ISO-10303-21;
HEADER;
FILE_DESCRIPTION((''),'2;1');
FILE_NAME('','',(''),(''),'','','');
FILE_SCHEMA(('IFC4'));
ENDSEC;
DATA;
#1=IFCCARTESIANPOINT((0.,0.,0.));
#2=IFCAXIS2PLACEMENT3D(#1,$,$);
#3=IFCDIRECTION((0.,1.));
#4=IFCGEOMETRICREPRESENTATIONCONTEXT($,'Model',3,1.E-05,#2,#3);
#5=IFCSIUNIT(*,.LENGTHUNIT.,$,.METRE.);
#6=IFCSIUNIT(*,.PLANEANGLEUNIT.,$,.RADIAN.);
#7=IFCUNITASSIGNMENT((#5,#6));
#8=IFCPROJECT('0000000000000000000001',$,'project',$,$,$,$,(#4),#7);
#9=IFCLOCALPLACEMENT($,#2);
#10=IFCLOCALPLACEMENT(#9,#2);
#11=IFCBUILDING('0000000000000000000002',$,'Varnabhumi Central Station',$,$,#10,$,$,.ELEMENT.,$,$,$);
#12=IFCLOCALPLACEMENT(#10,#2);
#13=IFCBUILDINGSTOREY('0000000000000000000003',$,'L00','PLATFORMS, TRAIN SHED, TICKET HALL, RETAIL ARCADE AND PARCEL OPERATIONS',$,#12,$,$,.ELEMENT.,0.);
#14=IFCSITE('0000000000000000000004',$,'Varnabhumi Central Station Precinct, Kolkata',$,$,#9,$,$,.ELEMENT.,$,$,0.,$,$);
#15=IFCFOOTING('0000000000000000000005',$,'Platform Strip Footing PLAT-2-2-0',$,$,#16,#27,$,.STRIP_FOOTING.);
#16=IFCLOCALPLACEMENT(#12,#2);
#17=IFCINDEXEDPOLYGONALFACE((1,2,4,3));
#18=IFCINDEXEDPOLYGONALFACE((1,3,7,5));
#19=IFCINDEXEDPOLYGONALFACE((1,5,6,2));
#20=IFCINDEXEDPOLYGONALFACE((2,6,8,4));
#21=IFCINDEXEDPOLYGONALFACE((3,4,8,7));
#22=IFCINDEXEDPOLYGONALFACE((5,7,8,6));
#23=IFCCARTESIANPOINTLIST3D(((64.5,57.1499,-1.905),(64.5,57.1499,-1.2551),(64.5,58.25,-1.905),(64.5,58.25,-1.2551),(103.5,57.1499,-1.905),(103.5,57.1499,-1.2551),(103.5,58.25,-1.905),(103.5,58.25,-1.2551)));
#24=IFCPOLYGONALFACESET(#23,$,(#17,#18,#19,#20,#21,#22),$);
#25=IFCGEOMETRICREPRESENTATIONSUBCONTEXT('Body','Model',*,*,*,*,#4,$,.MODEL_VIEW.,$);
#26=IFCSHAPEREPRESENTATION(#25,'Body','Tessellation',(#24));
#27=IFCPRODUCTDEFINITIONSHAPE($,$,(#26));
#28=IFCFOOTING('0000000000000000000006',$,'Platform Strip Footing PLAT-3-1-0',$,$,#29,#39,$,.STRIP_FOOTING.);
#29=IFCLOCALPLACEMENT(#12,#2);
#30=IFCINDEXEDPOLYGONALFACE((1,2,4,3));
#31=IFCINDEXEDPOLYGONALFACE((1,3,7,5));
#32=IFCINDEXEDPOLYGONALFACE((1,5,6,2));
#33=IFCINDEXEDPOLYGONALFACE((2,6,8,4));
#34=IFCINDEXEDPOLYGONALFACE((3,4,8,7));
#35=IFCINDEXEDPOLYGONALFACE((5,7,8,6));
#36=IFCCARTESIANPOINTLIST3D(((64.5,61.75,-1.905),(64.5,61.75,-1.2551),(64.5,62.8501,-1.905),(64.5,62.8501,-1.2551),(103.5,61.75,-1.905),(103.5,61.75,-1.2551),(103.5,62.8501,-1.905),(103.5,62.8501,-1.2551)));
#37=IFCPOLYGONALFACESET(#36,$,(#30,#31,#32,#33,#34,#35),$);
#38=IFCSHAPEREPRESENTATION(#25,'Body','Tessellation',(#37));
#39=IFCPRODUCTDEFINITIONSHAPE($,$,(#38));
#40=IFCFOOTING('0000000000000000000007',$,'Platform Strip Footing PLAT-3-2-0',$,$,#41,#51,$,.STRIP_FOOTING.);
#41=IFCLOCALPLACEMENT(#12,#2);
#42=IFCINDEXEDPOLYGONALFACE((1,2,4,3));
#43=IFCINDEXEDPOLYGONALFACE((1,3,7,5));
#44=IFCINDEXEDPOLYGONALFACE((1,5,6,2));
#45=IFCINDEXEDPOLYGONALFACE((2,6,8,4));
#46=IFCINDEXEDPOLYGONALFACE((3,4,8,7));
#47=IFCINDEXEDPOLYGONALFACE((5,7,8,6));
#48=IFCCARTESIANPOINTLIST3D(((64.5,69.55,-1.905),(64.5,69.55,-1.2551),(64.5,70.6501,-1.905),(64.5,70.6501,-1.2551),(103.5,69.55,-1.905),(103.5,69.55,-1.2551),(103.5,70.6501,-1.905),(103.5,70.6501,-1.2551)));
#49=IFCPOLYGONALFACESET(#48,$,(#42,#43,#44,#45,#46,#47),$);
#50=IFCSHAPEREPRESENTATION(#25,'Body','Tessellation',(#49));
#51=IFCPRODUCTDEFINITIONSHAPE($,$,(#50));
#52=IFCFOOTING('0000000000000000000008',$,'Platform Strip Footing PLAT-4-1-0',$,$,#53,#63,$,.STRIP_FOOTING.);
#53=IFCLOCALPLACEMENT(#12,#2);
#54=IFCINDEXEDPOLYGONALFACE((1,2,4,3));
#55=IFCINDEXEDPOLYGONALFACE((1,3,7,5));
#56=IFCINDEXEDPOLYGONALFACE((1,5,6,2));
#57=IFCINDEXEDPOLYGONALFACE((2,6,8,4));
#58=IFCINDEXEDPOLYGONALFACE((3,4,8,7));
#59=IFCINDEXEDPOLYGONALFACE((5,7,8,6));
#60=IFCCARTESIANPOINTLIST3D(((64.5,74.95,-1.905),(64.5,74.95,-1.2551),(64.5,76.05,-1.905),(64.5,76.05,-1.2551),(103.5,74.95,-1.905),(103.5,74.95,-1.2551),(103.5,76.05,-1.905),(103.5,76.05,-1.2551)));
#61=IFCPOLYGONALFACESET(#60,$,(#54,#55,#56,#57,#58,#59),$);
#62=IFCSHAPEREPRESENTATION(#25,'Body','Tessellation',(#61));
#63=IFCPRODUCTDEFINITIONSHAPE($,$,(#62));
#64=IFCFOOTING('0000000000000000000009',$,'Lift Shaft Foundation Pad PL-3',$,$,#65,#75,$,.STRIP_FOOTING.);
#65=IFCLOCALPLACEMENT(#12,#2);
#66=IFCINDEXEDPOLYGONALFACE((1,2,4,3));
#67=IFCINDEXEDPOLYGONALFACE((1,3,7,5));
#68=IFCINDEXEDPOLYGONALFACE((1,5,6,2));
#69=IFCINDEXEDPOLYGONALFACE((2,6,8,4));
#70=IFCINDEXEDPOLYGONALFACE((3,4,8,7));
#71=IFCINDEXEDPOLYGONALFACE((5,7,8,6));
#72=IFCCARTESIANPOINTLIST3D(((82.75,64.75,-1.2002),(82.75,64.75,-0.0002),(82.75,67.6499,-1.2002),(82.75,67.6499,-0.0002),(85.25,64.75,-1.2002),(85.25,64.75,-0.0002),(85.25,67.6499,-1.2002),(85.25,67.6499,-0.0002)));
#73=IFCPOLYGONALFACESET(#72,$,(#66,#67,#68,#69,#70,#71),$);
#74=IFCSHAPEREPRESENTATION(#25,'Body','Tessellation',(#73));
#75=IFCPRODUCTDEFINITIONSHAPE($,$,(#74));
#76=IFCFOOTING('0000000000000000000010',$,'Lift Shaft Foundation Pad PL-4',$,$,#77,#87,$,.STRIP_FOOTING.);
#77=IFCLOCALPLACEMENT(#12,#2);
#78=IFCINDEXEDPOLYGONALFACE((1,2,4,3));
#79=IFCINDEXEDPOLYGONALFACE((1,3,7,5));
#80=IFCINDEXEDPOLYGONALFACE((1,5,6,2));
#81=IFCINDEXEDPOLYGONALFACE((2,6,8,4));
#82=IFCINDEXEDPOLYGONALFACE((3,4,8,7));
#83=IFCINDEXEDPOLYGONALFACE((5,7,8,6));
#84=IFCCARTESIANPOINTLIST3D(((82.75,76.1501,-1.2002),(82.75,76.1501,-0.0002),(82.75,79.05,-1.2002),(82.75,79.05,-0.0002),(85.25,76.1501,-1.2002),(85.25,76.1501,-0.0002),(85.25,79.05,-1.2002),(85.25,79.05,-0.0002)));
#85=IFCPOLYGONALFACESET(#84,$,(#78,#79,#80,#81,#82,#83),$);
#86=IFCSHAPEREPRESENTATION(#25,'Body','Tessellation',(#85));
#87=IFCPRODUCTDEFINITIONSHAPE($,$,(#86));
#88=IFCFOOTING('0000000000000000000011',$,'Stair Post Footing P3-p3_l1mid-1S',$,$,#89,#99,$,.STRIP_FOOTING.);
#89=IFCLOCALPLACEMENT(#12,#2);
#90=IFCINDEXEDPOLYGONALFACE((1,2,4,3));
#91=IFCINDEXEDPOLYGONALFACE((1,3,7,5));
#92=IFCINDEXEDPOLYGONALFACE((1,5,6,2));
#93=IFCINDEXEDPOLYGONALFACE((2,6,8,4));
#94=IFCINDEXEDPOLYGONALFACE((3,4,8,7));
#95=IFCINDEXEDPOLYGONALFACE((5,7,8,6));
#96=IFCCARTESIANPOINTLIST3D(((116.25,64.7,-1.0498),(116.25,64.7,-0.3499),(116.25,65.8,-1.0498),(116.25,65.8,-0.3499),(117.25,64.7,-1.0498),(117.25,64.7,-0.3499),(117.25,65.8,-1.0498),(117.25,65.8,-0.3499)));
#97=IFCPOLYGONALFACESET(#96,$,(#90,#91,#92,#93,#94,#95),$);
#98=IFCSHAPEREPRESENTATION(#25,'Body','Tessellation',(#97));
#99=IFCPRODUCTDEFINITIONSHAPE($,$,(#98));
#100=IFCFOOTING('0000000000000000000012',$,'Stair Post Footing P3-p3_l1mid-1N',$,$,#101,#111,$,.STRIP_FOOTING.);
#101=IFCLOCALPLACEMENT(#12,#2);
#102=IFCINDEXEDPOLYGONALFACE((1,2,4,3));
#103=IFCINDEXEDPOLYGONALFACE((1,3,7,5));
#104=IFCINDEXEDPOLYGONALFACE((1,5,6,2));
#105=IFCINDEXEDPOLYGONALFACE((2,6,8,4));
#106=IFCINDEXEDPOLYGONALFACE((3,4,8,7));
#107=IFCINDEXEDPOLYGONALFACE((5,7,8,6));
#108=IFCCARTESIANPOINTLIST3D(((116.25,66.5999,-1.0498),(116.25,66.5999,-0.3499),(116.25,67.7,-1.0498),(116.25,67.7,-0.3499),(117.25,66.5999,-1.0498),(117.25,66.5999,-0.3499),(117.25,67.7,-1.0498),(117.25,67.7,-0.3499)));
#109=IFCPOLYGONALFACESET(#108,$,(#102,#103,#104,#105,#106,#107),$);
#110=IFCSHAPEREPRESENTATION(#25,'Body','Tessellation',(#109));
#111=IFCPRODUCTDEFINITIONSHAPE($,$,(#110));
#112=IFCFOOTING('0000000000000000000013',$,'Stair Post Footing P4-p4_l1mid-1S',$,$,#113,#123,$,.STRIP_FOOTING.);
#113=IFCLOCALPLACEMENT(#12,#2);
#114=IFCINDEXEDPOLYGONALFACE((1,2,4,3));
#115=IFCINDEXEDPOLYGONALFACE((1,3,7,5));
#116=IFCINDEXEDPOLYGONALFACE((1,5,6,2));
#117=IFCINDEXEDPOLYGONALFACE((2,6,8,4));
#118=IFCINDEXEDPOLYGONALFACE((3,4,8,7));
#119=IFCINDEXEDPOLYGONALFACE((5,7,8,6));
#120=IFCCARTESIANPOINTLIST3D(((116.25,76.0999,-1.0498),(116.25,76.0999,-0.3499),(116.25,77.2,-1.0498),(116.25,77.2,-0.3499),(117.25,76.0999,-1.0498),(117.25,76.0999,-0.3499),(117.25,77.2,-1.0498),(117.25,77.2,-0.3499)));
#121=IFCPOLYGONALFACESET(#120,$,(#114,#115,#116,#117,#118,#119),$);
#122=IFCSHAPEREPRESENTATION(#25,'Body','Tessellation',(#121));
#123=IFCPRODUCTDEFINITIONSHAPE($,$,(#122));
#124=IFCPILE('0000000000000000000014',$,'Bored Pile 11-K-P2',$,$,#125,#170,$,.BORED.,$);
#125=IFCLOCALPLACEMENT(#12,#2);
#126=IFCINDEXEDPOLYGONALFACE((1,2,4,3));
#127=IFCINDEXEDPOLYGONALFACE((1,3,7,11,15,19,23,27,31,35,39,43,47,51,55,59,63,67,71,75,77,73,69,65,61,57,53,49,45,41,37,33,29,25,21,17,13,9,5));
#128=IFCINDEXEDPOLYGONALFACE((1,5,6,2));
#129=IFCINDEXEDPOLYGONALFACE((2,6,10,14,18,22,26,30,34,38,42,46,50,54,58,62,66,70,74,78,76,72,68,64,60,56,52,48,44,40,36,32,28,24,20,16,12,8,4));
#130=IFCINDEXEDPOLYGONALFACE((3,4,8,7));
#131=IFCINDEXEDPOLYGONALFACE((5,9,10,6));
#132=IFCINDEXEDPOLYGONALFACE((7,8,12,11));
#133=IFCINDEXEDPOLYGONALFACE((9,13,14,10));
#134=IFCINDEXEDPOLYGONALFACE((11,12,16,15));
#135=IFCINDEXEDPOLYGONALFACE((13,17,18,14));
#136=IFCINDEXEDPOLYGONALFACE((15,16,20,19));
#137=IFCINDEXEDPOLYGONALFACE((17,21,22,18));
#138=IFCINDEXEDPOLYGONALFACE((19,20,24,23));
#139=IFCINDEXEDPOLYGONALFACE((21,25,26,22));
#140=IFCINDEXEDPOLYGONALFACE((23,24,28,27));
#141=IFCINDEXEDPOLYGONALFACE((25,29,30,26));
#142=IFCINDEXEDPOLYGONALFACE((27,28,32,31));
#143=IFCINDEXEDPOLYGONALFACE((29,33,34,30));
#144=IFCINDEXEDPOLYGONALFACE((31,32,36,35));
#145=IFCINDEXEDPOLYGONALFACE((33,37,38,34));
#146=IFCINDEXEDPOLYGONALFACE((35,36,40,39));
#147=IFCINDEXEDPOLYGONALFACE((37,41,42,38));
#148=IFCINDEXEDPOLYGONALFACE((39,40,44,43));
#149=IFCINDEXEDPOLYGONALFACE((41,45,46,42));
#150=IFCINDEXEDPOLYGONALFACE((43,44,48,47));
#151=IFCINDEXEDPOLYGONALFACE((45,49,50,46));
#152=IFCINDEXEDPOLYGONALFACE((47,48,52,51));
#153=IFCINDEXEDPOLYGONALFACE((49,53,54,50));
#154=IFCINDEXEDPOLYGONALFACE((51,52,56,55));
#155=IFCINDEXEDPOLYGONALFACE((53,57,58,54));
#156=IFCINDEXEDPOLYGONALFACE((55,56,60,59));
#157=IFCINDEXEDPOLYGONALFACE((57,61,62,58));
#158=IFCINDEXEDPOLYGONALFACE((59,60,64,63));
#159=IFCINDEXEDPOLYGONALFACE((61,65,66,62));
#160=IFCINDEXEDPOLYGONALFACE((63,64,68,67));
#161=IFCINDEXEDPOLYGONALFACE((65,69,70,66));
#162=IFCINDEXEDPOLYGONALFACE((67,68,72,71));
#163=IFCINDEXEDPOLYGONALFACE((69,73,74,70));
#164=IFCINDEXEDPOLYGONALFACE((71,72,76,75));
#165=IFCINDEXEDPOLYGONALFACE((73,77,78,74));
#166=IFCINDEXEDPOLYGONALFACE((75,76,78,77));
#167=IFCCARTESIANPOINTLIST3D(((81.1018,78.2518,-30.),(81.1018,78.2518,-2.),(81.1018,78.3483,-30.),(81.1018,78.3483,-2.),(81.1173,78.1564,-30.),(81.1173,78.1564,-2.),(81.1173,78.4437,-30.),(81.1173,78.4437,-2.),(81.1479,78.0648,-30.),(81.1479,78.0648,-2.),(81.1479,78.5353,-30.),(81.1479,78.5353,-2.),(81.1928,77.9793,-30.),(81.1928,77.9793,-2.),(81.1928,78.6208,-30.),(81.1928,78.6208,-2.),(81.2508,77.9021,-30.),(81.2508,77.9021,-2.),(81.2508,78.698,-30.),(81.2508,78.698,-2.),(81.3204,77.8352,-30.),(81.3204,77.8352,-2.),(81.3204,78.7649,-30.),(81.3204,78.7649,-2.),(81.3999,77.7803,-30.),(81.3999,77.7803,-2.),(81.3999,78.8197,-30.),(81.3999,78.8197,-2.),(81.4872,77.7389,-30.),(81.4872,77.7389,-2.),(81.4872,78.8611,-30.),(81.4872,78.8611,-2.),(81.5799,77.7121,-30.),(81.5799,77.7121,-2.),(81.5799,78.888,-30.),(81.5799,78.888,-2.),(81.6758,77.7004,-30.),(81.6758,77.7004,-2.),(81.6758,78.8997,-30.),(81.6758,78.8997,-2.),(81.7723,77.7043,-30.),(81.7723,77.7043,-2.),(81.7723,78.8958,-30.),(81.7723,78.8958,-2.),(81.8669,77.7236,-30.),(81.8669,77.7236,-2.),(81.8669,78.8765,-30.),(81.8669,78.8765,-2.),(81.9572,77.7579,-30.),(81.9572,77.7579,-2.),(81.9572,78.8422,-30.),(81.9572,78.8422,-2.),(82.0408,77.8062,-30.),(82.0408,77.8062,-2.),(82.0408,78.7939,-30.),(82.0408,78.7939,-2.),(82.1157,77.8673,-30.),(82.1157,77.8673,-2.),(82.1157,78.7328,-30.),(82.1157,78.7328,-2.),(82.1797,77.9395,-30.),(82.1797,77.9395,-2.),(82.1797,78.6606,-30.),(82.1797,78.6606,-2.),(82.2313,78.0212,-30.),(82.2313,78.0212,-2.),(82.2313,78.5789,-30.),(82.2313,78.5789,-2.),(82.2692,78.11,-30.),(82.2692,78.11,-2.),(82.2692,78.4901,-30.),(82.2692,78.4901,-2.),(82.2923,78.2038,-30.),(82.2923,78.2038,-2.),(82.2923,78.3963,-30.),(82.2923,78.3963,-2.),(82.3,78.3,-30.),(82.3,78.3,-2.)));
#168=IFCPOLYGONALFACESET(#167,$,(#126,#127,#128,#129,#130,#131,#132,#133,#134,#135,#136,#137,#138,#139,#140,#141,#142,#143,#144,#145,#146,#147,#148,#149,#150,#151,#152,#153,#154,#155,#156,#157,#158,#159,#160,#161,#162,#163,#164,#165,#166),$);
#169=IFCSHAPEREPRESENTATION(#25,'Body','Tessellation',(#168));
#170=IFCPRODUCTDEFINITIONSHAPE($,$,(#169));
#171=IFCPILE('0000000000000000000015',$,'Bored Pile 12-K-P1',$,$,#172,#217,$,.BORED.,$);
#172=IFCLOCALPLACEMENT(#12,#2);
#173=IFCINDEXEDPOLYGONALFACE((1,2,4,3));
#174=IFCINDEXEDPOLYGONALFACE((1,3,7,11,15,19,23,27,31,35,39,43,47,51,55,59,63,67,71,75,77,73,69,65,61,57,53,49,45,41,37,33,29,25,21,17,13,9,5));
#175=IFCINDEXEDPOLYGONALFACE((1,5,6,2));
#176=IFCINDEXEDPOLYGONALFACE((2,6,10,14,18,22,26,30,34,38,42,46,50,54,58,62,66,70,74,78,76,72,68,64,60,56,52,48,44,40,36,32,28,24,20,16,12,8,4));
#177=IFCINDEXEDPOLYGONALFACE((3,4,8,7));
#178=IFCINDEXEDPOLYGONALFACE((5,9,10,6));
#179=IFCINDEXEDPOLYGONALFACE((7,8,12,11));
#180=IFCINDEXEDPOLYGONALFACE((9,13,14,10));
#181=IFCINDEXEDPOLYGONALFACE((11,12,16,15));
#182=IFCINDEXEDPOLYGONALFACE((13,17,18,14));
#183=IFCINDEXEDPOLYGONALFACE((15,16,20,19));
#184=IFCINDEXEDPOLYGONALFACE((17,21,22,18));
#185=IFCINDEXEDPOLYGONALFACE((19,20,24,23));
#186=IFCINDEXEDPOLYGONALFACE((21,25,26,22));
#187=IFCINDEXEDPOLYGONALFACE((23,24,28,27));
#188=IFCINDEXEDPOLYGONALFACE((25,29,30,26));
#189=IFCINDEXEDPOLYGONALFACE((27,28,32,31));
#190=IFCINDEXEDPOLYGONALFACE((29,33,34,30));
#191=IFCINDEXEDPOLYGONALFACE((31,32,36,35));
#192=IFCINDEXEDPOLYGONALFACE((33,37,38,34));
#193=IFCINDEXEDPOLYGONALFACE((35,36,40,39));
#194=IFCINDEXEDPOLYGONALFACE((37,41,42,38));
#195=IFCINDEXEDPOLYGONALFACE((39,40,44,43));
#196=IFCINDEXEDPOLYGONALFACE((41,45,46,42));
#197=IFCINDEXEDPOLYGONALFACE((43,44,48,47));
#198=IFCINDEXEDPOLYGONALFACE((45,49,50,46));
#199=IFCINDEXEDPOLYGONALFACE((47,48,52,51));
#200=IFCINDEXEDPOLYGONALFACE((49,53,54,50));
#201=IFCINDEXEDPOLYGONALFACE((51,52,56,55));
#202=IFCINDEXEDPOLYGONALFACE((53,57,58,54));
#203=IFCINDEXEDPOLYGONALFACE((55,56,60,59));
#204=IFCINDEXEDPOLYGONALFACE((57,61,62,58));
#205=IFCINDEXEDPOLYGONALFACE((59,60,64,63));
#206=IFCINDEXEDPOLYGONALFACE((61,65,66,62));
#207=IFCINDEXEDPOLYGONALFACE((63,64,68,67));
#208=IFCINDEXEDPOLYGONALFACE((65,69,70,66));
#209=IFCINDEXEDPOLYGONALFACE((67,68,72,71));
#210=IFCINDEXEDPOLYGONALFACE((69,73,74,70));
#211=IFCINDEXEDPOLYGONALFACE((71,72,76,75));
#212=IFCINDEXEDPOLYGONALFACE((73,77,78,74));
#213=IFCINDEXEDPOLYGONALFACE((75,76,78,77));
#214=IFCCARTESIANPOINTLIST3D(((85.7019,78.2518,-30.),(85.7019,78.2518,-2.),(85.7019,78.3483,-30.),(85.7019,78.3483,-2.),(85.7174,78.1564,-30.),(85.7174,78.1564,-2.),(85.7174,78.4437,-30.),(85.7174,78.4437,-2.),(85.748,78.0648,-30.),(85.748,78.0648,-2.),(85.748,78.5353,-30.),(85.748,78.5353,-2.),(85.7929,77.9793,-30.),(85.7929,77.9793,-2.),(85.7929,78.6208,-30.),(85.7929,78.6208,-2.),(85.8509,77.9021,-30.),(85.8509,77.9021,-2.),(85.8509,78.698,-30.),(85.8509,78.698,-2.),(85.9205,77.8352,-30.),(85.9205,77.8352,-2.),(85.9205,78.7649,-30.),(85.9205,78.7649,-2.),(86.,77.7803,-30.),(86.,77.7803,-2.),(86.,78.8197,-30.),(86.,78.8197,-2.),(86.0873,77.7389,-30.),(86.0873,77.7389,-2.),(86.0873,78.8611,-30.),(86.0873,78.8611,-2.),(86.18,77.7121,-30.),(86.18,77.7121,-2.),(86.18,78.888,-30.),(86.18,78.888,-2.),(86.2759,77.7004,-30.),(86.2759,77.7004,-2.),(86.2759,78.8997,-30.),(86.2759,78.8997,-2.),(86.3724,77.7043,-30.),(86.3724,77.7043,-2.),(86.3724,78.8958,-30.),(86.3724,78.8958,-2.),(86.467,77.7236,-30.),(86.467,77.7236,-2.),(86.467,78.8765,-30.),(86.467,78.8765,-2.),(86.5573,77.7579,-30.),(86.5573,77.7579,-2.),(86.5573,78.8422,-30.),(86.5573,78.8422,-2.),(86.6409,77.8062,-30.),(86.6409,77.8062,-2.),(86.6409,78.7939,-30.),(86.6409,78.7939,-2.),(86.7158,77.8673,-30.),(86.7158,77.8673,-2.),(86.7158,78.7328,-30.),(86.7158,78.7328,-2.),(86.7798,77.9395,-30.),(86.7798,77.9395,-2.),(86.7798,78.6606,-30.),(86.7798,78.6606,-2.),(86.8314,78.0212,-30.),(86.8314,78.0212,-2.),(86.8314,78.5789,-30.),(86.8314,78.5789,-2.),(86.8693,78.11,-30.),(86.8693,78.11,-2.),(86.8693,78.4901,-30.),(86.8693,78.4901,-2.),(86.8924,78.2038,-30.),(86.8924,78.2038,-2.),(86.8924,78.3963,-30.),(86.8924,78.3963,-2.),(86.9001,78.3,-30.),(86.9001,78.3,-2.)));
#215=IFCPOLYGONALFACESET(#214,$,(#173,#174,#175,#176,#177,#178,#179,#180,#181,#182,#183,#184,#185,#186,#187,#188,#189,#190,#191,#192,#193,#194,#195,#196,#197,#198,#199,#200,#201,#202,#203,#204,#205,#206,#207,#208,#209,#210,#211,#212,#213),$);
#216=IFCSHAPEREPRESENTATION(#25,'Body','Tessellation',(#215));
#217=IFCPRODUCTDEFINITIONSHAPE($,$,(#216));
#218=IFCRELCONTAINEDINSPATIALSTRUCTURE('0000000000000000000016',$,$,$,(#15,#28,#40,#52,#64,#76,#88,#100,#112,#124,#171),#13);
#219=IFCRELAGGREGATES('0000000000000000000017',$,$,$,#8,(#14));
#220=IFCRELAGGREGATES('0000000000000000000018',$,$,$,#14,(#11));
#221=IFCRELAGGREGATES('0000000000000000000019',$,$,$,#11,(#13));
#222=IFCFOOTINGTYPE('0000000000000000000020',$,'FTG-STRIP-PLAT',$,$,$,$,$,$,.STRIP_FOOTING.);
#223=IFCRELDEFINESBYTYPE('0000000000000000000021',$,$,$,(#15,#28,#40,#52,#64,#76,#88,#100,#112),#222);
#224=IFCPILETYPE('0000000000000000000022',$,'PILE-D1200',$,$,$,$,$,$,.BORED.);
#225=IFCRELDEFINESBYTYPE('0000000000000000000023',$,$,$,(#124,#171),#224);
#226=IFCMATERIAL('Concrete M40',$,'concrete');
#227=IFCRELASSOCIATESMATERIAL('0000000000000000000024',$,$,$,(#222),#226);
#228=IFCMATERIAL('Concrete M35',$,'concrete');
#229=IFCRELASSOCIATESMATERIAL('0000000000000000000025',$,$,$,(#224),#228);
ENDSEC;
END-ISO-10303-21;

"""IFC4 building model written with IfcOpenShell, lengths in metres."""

from ifc_helpers import new_model, si_unit, direction, frame, origin, origin_2d, place, context, subcontext, project, spatial, rectangle, circle, extrude, material, material_profile, profile_set, type_object, element, save


model = new_model("IFC4")

# Units and contexts
model_context = context("Model", 3, precision=1e-05, world=origin(), true_north=direction((0.0, 1.0)))
body_context = subcontext(model_context, "Body", "Model", "MODEL_VIEW")
ifc_project = project(units=[si_unit("LENGTHUNIT", "METRE"), si_unit("PLANEANGLEUNIT", "RADIAN")], contexts=[model_context])

# Site, building, storey
site_placement = place(None, origin())
site = spatial("IfcSite", under=ifc_project, at=site_placement, Name="Varnabhumi Central Station Precinct, Kolkata", CompositionType="ELEMENT", RefElevation=0.0)
building_placement = place(site_placement, origin())
building = spatial("IfcBuilding", under=site, at=building_placement, Name="Varnabhumi Central Station", CompositionType="ELEMENT")
storey_placement = place(building_placement, origin())
storey = spatial("IfcBuildingStorey", under=building, at=storey_placement, Name="L00", Description="PLATFORMS, TRAIN SHED, TICKET HALL, RETAIL ARCADE AND PARCEL OPERATIONS", CompositionType="ELEMENT", Elevation=0.0)

# Footings
ifc_material_1 = material(Name="Concrete M40", Category="concrete")
footing_type = type_object("IfcFootingType", Name="FTG-STRIP-PLAT", PredefinedType="STRIP_FOOTING", material=ifc_material_1)
for number, where, z_axis, x_axis, name in (
    (1, (84.0, 57.7, -1.905), (0.0, 0.0, 1.0), (1.0, 0.0, 0.0), "Platform Strip Footing PLAT-2-2-0"),
    (2, (84.0, 62.3, -1.905), (0.0, 0.0, 1.0), (1.0, 0.0, 0.0), "Platform Strip Footing PLAT-3-1-0"),
    (3, (84.0, 70.1001, -1.905), (0.0, 0.0, 1.0), (1.0, 0.0, 0.0), "Platform Strip Footing PLAT-3-2-0"),
    (4, (84.0, 75.5, -1.905), (0.0, 0.0, 1.0), (1.0, 0.0, 0.0), "Platform Strip Footing PLAT-4-1-0"),
):
    element("IfcFooting", number, at=place(storey_placement, frame(where, z_axis=z_axis, x_axis=x_axis)), inside=storey, type_object=footing_type, Name=name, PredefinedType="STRIP_FOOTING", context=body_context, shape_type="SweptSolid", body=[
        extrude(rectangle(XDim=39.0, YDim=1.1001, at=origin_2d()), origin(), (0.0, 0.0, 1.0), 0.6499),
    ])
for number, where, z_axis, x_axis, name in (
    (5, (84.0, 66.2, -1.2002), (0.0, 0.0, 1.0), (1.0, 0.0, 0.0), "Lift Shaft Foundation Pad PL-3"),
    (6, (84.0, 77.6001, -1.2002), (0.0, 0.0, 1.0), (1.0, 0.0, 0.0), "Lift Shaft Foundation Pad PL-4"),
):
    element("IfcFooting", number, at=place(storey_placement, frame(where, z_axis=z_axis, x_axis=x_axis)), inside=storey, type_object=footing_type, Name=name, PredefinedType="STRIP_FOOTING", context=body_context, shape_type="SweptSolid", body=[
        extrude(rectangle(XDim=2.5, YDim=2.8999, at=origin_2d()), origin(), (0.0, 0.0, 1.0), 1.2),
    ])
for number, where, z_axis, x_axis, name in (
    (7, (116.75, 65.25, -1.0498), (0.0, 0.0, 1.0), (1.0, 0.0, 0.0), "Stair Post Footing P3-p3_l1mid-1S"),
    (8, (116.75, 67.1499, -1.0498), (0.0, 0.0, 1.0), (1.0, 0.0, 0.0), "Stair Post Footing P3-p3_l1mid-1N"),
    (9, (116.75, 76.6499, -1.0498), (0.0, 0.0, 1.0), (1.0, 0.0, 0.0), "Stair Post Footing P4-p4_l1mid-1S"),
):
    element("IfcFooting", number, at=place(storey_placement, frame(where, z_axis=z_axis, x_axis=x_axis)), inside=storey, type_object=footing_type, Name=name, PredefinedType="STRIP_FOOTING", context=body_context, shape_type="SweptSolid", body=[
        extrude(rectangle(XDim=1.0, YDim=1.1001, at=origin_2d()), origin(), (0.0, 0.0, 1.0), 0.7),
    ])

# Piles
ifc_material_2 = material(Name="Concrete M35", Category="concrete")
ifc_material_profile_1 = material_profile(ifc_material_2, circle(Radius=0.6001, at=origin_2d()), Name="Concrete M35", Category="concrete")
ifc_profile_set_1 = profile_set([ifc_material_profile_1], Name="Concrete M35")
pile_type_1 = type_object("IfcPileType", Name="PILE-D1200", PredefinedType="BORED", material=ifc_profile_set_1)
for number, where, z_axis, x_axis, name in (
    (10, (81.7, 78.3, -2.0), (0.0, 0.0, -1.0), (1.0, 0.0, 0.0), "Bored Pile 11-K-P2"),
    (11, (86.3, 78.3, -2.0), (0.0, 0.0, -1.0), (1.0, 0.0, 0.0), "Bored Pile 12-K-P1"),
):
    element("IfcPile", number, at=place(storey_placement, frame(where, z_axis=z_axis, x_axis=x_axis)), inside=storey, type_object=pile_type_1, Name=name, PredefinedType="BORED", context=body_context, shape_type="SweptSolid", body=[
        extrude(circle(Radius=0.6001, at=origin_2d()), origin(), (0.0, 0.0, 1.0), 28.0),
    ])

save(model, "model.ifc")
